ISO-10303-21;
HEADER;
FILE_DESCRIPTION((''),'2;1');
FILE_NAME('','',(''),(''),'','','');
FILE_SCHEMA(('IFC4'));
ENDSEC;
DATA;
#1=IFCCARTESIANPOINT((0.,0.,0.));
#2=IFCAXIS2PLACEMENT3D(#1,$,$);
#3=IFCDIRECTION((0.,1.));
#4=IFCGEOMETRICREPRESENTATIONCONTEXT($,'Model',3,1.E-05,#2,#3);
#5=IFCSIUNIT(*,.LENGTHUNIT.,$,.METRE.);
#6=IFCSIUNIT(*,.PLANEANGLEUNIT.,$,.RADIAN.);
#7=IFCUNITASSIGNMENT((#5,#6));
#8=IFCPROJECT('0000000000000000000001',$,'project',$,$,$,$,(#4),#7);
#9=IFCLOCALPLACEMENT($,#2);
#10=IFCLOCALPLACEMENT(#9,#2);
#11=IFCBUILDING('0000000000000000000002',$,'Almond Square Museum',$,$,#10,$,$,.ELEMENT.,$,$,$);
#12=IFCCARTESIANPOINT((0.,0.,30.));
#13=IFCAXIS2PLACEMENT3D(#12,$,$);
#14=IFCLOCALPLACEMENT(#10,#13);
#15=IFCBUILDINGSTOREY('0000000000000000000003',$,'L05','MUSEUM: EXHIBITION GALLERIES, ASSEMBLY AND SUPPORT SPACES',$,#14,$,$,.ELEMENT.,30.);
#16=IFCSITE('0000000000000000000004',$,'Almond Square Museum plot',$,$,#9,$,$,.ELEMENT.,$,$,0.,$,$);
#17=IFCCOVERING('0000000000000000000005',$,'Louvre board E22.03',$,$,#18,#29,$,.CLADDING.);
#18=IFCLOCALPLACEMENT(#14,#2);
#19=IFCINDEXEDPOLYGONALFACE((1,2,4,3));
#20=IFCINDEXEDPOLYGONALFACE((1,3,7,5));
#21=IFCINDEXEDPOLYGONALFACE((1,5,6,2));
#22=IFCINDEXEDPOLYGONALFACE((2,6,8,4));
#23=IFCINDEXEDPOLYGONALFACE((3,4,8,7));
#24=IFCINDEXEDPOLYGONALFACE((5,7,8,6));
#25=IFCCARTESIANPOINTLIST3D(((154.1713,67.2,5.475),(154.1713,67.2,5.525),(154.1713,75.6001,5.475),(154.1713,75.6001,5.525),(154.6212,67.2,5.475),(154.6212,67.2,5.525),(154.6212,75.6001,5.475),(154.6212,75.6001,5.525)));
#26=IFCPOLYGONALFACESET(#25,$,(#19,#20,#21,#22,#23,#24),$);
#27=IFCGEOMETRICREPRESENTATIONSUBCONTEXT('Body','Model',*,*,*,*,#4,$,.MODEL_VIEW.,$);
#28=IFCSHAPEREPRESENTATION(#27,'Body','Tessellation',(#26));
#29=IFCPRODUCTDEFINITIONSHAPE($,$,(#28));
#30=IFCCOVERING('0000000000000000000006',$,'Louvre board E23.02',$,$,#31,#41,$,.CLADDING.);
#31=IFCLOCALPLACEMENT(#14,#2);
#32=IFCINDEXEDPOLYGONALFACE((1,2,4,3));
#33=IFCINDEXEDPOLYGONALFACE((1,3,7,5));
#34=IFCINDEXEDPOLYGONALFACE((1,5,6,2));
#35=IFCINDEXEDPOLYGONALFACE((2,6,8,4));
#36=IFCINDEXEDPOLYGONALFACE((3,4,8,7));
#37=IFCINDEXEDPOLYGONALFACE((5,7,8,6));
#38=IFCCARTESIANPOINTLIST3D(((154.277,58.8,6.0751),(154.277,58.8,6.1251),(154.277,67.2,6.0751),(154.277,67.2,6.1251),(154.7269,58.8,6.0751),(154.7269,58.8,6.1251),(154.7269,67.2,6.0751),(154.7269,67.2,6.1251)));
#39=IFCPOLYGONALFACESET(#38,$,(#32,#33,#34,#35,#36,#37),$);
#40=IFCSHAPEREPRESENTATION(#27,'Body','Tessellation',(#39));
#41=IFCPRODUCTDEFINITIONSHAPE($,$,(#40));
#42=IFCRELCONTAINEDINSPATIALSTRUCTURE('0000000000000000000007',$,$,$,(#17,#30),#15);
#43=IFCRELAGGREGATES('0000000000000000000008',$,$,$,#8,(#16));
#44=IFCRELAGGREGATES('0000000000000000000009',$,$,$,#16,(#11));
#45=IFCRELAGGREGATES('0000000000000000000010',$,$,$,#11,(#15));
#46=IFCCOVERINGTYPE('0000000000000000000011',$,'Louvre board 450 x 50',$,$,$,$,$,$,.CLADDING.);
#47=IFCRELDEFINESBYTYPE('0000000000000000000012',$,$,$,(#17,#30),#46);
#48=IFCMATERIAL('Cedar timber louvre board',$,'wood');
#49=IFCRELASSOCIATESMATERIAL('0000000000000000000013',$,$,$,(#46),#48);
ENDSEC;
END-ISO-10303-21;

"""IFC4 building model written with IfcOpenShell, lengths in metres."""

from ifc_helpers import new_model, si_unit, direction, frame, origin, origin_2d, place, context, subcontext, project, spatial, rectangle, extrude, material, material_profile, profile_set, type_object, element, save


model = new_model("IFC4")

# Units and contexts
model_context = context("Model", 3, precision=1e-05, world=origin(), true_north=direction((0.0, 1.0)))
body_context = subcontext(model_context, "Body", "Model", "MODEL_VIEW")
ifc_project = project(units=[si_unit("LENGTHUNIT", "METRE"), si_unit("PLANEANGLEUNIT", "RADIAN")], contexts=[model_context])

# Site, building, storey
site_placement = place(None, origin())
site = spatial("IfcSite", under=ifc_project, at=site_placement, Name="Almond Square Museum plot", CompositionType="ELEMENT", RefElevation=0.0)
building_placement = place(site_placement, origin())
building = spatial("IfcBuilding", under=site, at=building_placement, Name="Almond Square Museum", CompositionType="ELEMENT")
storey_placement = place(building_placement, frame((0.0, 0.0, 30.0)))
storey = spatial("IfcBuildingStorey", under=building, at=storey_placement, Name="L05", Description="MUSEUM: EXHIBITION GALLERIES, ASSEMBLY AND SUPPORT SPACES", CompositionType="ELEMENT", Elevation=30.0)

# Coverings
ifc_material_1 = material(Name="Cedar timber louvre board", Category="wood")
ifc_material_profile_1 = material_profile(ifc_material_1, rectangle(XDim=0.45, YDim=0.05, at=origin_2d()))
ifc_profile_set_1 = profile_set([ifc_material_profile_1], Name="Cedar timber louvre board")
covering_type = type_object("IfcCoveringType", Name="Louvre board 450 x 50", PredefinedType="CLADDING", material=ifc_profile_set_1)
covering_1_placement = place(storey_placement, frame((154.3962, 67.2, 5.5), z_axis=(0.0, 1.0, 0.0), x_axis=(-1.0, 0.0, 0.0)))
element("IfcCovering", 1, at=covering_1_placement, inside=storey, type_object=covering_type, Name="Louvre board E22.03", PredefinedType="CLADDING", context=body_context, shape_type="SweptSolid", body=[
    extrude(rectangle(XDim=0.45, YDim=0.05, at=origin_2d()), origin(), (0.0, 0.0, 1.0), 8.4001),
])
covering_2_placement = place(storey_placement, frame((154.502, 58.8, 6.1001), z_axis=(0.0, 1.0, 0.0), x_axis=(-1.0, 0.0, 0.0)))
element("IfcCovering", 2, at=covering_2_placement, inside=storey, type_object=covering_type, Name="Louvre board E23.02", PredefinedType="CLADDING", context=body_context, shape_type="SweptSolid", body=[
    extrude(rectangle(XDim=0.45, YDim=0.05, at=origin_2d()), origin(), (0.0, 0.0, 1.0), 8.3999),
])

save(model, "model.ifc")
